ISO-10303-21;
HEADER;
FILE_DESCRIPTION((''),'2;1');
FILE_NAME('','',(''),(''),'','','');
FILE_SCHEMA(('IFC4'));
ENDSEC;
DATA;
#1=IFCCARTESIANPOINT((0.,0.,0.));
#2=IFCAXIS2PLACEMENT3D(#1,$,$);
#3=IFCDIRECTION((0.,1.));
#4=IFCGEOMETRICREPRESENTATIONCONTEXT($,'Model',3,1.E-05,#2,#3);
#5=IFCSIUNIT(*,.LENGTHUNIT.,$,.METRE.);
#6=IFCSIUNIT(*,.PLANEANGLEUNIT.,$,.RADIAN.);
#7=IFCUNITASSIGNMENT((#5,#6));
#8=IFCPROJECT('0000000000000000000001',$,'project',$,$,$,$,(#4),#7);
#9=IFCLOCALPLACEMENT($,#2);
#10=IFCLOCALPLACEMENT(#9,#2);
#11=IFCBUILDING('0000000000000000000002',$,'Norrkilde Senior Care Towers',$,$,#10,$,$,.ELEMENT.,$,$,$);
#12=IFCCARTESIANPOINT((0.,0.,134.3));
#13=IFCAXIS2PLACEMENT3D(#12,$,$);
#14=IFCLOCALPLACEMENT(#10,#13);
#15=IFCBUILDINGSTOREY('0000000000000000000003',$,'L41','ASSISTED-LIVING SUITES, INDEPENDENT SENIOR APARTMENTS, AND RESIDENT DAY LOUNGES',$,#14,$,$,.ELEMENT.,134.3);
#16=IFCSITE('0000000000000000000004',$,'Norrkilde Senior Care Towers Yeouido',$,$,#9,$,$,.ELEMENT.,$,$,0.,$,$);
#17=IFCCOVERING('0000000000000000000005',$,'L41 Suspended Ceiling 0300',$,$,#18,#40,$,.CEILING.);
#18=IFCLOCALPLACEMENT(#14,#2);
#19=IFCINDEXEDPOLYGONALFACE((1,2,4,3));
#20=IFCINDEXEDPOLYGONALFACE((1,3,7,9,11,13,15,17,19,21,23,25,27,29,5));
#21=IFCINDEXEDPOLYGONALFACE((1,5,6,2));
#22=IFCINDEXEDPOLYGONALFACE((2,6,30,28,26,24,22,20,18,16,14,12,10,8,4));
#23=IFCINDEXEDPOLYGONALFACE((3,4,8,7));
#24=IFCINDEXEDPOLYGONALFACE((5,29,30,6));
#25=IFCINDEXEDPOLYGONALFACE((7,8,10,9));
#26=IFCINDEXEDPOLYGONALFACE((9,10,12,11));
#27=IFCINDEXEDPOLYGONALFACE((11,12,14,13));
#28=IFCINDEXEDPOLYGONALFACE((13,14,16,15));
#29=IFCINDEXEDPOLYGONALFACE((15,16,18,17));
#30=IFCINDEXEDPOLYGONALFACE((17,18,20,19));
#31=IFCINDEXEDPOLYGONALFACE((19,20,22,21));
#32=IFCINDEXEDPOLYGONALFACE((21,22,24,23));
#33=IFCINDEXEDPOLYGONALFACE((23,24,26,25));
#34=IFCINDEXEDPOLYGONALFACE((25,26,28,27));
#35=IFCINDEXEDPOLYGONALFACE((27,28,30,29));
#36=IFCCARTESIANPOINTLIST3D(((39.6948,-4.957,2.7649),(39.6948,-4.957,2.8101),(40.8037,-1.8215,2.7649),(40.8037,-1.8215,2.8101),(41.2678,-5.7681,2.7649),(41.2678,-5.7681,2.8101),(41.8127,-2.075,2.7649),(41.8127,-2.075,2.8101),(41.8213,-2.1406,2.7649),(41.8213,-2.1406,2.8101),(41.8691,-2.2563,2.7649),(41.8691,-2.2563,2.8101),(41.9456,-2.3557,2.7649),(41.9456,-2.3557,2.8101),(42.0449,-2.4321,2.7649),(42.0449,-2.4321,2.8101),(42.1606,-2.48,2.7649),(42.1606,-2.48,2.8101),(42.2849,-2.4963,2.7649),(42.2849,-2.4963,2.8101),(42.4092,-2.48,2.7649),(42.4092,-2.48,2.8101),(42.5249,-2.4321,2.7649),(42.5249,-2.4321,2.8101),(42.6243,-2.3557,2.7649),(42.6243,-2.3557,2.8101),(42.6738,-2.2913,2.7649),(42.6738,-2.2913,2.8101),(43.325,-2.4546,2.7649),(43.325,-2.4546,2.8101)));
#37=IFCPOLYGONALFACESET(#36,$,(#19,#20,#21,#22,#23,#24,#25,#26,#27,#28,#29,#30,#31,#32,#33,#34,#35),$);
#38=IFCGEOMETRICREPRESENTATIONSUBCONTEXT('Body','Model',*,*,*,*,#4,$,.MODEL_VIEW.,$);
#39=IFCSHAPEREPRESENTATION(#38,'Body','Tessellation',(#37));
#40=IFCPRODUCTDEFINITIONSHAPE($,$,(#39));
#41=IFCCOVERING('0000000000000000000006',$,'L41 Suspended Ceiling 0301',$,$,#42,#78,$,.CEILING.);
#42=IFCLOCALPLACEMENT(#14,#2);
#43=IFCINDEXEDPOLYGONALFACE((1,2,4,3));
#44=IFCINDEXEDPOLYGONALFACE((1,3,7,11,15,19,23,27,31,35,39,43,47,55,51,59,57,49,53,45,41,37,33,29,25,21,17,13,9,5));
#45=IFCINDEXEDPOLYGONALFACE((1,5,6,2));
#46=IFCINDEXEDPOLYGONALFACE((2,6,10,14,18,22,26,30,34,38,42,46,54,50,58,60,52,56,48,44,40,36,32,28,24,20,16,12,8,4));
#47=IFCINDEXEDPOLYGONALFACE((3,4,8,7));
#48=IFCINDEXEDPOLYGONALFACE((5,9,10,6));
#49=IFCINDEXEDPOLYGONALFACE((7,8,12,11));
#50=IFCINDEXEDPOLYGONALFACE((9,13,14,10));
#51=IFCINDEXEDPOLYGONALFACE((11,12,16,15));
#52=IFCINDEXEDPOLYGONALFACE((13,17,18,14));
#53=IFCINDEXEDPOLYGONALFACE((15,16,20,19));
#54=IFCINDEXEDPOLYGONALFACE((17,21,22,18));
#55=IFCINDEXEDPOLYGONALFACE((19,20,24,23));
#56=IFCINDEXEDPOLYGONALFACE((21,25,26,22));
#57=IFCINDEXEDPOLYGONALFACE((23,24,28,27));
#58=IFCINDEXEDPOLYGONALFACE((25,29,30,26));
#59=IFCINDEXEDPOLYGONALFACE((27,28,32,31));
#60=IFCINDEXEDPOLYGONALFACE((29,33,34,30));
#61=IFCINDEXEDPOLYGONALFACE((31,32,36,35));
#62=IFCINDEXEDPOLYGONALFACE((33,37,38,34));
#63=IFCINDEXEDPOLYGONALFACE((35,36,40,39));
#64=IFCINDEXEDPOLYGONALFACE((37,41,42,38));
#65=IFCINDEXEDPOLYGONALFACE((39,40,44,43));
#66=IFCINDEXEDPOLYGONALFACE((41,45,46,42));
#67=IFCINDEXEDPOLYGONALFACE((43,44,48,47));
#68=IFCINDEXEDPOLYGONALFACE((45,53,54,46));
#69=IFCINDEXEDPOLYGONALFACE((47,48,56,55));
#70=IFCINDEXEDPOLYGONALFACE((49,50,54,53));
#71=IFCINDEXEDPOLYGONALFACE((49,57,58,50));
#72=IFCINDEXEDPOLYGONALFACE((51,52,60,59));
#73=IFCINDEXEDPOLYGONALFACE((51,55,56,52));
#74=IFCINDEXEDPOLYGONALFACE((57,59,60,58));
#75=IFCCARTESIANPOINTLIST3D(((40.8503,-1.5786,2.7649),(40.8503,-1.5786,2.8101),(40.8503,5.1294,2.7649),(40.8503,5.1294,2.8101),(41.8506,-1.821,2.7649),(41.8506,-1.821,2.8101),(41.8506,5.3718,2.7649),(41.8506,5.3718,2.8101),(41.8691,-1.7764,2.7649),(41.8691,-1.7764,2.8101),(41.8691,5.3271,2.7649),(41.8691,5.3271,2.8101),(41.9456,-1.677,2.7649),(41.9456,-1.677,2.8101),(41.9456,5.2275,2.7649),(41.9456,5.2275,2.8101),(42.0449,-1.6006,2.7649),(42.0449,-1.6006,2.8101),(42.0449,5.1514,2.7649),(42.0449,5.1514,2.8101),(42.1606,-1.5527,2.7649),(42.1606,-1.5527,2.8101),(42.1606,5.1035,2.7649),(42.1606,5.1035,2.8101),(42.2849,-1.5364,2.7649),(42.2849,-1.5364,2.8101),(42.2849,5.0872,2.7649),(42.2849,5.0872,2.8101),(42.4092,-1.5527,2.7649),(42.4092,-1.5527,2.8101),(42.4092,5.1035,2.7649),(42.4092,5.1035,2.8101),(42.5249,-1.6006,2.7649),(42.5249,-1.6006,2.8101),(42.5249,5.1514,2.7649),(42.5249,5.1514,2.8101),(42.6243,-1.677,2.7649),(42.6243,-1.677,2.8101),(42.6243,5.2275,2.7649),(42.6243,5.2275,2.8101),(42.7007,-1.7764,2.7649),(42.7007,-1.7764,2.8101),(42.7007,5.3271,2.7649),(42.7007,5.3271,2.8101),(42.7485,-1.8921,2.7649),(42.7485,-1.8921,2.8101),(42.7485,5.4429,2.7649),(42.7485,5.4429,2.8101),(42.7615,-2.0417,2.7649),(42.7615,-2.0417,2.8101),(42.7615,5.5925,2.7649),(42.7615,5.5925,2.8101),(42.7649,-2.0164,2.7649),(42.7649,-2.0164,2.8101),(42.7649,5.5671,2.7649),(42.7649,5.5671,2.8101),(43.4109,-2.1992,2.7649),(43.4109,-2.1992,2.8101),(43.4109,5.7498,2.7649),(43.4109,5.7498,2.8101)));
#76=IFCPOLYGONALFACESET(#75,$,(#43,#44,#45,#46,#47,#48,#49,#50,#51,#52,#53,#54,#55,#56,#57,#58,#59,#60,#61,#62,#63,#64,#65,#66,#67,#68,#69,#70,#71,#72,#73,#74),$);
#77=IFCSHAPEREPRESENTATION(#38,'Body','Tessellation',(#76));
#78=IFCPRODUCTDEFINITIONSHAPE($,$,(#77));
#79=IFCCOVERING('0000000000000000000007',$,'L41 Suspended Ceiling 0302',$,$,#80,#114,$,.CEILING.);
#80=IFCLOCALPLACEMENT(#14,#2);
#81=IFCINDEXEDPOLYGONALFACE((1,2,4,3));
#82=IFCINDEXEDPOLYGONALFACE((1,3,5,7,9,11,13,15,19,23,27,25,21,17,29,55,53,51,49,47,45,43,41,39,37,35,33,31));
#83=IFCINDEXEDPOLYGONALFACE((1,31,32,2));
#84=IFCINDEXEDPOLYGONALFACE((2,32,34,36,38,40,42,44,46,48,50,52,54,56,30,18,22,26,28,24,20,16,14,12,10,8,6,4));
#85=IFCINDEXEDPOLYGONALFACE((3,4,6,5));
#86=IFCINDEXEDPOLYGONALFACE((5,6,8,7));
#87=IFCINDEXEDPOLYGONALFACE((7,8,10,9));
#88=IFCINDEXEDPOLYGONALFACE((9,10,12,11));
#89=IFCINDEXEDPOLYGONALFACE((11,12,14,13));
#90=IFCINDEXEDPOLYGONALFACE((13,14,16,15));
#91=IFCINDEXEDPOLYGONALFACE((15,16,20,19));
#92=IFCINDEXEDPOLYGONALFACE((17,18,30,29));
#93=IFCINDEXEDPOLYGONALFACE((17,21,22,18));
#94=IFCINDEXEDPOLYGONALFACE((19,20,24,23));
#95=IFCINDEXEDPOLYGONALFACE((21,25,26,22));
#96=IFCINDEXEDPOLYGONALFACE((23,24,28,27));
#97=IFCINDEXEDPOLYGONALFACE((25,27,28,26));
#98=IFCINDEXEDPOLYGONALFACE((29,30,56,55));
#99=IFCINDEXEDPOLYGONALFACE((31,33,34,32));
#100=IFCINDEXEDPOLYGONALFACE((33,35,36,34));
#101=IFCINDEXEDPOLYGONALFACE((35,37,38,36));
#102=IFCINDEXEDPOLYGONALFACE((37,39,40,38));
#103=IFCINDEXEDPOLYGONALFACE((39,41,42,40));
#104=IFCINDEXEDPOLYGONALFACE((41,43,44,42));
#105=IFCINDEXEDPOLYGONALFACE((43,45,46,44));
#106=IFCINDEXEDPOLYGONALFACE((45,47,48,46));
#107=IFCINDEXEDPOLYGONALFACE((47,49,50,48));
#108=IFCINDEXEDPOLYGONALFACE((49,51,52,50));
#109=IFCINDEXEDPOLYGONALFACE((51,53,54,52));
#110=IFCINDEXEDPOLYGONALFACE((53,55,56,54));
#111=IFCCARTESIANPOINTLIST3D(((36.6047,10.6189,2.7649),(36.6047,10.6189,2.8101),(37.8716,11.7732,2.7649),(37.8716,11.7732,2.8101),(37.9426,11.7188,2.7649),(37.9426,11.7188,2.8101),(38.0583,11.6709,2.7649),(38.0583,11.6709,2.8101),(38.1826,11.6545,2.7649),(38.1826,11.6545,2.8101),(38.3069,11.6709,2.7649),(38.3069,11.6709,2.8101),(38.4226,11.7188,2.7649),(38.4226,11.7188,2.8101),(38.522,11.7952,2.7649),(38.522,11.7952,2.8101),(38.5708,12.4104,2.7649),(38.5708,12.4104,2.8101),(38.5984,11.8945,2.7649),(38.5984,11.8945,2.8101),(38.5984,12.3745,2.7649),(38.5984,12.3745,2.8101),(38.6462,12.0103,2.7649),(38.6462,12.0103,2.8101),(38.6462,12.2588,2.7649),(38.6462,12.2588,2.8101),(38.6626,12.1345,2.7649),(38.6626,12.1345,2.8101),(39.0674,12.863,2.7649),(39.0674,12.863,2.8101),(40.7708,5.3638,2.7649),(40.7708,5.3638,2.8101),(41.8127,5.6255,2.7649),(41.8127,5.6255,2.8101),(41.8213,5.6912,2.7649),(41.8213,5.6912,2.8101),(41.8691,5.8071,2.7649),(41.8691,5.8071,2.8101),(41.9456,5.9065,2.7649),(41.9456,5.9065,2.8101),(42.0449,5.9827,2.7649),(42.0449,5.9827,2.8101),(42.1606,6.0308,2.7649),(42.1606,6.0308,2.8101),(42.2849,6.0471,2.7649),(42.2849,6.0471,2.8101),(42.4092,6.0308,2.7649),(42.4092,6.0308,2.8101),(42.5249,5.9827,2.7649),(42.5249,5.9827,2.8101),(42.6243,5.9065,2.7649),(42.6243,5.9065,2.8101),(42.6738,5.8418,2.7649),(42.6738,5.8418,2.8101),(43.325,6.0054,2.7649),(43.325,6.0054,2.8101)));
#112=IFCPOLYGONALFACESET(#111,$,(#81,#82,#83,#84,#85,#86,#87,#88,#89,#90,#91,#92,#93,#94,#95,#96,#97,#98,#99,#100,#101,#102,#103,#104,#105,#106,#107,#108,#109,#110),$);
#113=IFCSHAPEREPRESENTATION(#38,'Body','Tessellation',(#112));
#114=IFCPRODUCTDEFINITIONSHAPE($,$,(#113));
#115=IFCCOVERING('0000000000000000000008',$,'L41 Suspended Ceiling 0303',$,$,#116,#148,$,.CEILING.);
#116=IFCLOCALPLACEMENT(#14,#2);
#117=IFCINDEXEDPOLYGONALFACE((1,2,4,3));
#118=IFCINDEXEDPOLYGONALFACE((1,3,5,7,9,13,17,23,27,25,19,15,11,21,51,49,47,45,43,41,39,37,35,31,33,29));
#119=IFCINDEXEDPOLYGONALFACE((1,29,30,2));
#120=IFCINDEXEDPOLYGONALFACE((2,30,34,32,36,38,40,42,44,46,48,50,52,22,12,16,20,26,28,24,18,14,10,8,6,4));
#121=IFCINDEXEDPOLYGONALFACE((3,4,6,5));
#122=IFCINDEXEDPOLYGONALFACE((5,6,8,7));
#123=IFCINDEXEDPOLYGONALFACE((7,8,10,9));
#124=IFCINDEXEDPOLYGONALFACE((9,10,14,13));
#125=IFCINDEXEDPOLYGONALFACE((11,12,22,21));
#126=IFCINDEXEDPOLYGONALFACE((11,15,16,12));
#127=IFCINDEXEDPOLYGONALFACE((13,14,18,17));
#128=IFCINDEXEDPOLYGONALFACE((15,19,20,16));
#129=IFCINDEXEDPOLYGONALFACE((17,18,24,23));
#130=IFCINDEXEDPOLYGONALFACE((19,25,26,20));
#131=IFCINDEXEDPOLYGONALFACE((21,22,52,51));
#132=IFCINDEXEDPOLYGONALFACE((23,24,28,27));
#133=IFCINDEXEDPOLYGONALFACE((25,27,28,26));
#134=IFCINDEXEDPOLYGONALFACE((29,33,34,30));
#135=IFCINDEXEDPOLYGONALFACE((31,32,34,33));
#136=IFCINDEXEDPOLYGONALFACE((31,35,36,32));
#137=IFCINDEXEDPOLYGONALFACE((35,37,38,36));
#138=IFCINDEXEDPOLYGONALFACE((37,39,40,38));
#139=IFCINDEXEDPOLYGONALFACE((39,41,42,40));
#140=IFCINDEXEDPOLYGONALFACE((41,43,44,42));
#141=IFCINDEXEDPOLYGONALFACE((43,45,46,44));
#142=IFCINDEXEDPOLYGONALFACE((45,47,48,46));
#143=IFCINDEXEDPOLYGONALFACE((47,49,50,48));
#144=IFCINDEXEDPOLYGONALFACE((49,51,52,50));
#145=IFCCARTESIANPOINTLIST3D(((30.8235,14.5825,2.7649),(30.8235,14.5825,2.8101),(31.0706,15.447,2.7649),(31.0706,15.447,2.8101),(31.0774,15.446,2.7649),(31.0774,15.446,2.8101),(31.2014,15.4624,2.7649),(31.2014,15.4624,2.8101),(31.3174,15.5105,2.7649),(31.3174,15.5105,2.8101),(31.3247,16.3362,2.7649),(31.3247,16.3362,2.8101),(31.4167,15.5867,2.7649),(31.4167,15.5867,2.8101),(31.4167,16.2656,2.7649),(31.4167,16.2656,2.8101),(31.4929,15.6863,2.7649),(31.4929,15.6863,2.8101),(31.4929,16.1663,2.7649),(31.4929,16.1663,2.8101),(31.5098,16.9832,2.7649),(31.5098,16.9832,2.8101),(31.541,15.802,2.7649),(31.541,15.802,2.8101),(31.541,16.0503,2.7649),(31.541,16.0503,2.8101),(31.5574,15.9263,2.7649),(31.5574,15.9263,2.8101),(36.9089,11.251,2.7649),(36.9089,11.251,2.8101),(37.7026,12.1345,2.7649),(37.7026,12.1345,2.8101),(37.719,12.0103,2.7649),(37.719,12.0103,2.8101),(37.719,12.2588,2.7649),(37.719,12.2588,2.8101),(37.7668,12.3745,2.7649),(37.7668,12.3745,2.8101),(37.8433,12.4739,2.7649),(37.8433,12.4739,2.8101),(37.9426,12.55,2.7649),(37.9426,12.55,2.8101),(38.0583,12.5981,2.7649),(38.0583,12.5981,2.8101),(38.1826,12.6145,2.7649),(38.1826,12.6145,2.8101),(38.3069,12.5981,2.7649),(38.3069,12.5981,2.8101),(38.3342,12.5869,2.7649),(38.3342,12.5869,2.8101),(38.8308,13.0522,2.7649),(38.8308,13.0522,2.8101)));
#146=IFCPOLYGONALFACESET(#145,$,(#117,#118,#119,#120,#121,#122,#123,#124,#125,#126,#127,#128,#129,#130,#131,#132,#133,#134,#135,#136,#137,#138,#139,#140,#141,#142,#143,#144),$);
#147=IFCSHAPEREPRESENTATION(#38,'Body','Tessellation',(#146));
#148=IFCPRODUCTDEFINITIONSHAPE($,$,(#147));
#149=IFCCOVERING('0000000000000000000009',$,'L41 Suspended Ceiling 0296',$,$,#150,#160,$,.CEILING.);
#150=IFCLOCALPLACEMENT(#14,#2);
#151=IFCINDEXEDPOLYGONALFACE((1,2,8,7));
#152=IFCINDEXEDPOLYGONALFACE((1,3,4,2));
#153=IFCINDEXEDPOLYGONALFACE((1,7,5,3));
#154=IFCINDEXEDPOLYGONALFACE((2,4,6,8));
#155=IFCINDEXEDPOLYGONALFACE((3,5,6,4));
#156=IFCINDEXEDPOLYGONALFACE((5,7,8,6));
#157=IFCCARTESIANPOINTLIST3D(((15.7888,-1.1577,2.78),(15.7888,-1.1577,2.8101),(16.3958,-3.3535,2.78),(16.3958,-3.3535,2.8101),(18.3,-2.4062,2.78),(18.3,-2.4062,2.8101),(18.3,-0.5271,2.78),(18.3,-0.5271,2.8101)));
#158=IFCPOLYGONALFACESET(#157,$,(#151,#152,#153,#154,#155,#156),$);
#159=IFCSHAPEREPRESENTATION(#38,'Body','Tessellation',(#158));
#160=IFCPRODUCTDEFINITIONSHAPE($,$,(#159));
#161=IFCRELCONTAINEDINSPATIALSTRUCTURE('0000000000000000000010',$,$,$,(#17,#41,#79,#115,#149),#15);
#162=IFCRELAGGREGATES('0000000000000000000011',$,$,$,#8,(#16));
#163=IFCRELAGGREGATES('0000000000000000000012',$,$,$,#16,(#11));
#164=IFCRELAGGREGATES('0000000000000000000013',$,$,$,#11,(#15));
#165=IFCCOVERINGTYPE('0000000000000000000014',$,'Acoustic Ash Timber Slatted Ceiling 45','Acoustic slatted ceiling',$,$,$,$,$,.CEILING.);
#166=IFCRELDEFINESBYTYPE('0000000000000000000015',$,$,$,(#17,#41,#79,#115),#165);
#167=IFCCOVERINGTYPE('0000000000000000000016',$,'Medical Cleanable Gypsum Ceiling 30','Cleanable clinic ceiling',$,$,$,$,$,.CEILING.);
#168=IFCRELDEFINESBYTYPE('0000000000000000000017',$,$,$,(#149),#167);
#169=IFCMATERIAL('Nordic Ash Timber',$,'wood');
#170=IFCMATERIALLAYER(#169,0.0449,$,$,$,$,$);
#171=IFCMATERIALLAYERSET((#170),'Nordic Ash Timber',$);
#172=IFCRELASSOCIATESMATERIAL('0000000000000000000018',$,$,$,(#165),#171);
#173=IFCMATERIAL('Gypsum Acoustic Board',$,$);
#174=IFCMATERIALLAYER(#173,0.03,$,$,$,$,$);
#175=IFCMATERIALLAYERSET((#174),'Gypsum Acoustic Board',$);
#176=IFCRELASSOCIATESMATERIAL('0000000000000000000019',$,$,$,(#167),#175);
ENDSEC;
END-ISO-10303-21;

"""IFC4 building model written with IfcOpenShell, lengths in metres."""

from ifc_helpers import new_model, si_unit, direction, frame, origin, place, context, subcontext, project, spatial, polyline, outline, extrude, material, layer, layer_set, type_object, element, save


model = new_model("IFC4")

# Units and contexts
model_context = context("Model", 3, precision=1e-05, world=origin(), true_north=direction((0.0, 1.0)))
body_context = subcontext(model_context, "Body", "Model", "MODEL_VIEW")
ifc_project = project(units=[si_unit("LENGTHUNIT", "METRE"), si_unit("PLANEANGLEUNIT", "RADIAN")], contexts=[model_context])

# Site, building, storey
site_placement = place(None, origin())
site = spatial("IfcSite", under=ifc_project, at=site_placement, Name="Norrkilde Senior Care Towers Yeouido", CompositionType="ELEMENT", RefElevation=0.0)
building_placement = place(site_placement, origin())
building = spatial("IfcBuilding", under=site, at=building_placement, Name="Norrkilde Senior Care Towers", CompositionType="ELEMENT")
storey_placement = place(building_placement, frame((0.0, 0.0, 134.3)))
storey = spatial("IfcBuildingStorey", under=building, at=storey_placement, Name="L41", Description="ASSISTED-LIVING SUITES, INDEPENDENT SENIOR APARTMENTS, AND RESIDENT DAY LOUNGES", CompositionType="ELEMENT", Elevation=134.3)

# Coverings
ifc_material_1 = material(Name="Nordic Ash Timber", Category="wood")
ifc_layer_1 = layer(ifc_material_1, 0.0449)
ifc_layer_set_1 = layer_set([ifc_layer_1], Name="Nordic Ash Timber")
covering_type_1 = type_object("IfcCoveringType", Name="Acoustic Ash Timber Slatted Ceiling 45", Description="Acoustic slatted ceiling", PredefinedType="CEILING", material=ifc_layer_set_1)
covering_1_placement = place(storey_placement, frame((0.0, 0.0, 2.7649)))
element("IfcCovering", 1, at=covering_1_placement, inside=storey, type_object=covering_type_1, Name="L41 Suspended Ceiling 0300", PredefinedType="CEILING", context=body_context, shape_type="SweptSolid", body=[
    extrude(outline(polyline([(41.8127, -2.075), (41.8213, -2.1406), (41.8691, -2.2563), (41.9456, -2.3557), (42.0449, -2.4321), (42.1606, -2.48), (42.2849, -2.4963), (42.4092, -2.48), (42.5249, -2.4321), (42.6243, -2.3557), (42.6738, -2.2913), (43.325, -2.4546), (41.2678, -5.7681), (39.6948, -4.957), (40.8037, -1.8215), (41.8127, -2.075)])), origin(), (0.0, 0.0, 1.0), 0.0452),
])
covering_2_placement = place(storey_placement, frame((0.0, 0.0, 2.7649)))
element("IfcCovering", 2, at=covering_2_placement, inside=storey, type_object=covering_type_1, Name="L41 Suspended Ceiling 0301", PredefinedType="CEILING", context=body_context, shape_type="SweptSolid", body=[
    extrude(outline(polyline([(41.8691, 5.3271), (41.9456, 5.2275), (42.0449, 5.1514), (42.1606, 5.1035), (42.2849, 5.0872), (42.4092, 5.1035), (42.5249, 5.1514), (42.6243, 5.2275), (42.7007, 5.3271), (42.7485, 5.4429), (42.7649, 5.5671), (42.7615, 5.5925), (43.4109, 5.7498), (43.4109, -2.1992), (42.7615, -2.0417), (42.7649, -2.0164), (42.7485, -1.8921), (42.7007, -1.7764), (42.6243, -1.677), (42.5249, -1.6006), (42.4092, -1.5527), (42.2849, -1.5364), (42.1606, -1.5527), (42.0449, -1.6006), (41.9456, -1.677), (41.8691, -1.7764), (41.8506, -1.821), (40.8503, -1.5786), (40.8503, 5.1294), (41.8506, 5.3718), (41.8691, 5.3271)])), origin(), (0.0, 0.0, 1.0), 0.0452),
])
covering_3_placement = place(storey_placement, frame((0.0, 0.0, 2.7649)))
element("IfcCovering", 3, at=covering_3_placement, inside=storey, type_object=covering_type_1, Name="L41 Suspended Ceiling 0302", PredefinedType="CEILING", context=body_context, shape_type="SweptSolid", body=[
    extrude(outline(polyline([(42.6738, 5.8418), (42.6243, 5.9065), (42.5249, 5.9827), (42.4092, 6.0308), (42.2849, 6.0471), (42.1606, 6.0308), (42.0449, 5.9827), (41.9456, 5.9065), (41.8691, 5.8071), (41.8213, 5.6912), (41.8127, 5.6255), (40.7708, 5.3638), (36.6047, 10.6189), (37.8716, 11.7732), (37.9426, 11.7188), (38.0583, 11.6709), (38.1826, 11.6545), (38.3069, 11.6709), (38.4226, 11.7188), (38.522, 11.7952), (38.5984, 11.8945), (38.6462, 12.0103), (38.6626, 12.1345), (38.6462, 12.2588), (38.5984, 12.3745), (38.5708, 12.4104), (39.0674, 12.863), (43.325, 6.0054), (42.6738, 5.8418)])), origin(), (0.0, 0.0, 1.0), 0.0452),
])
covering_4_placement = place(storey_placement, frame((0.0, 0.0, 2.7649)))
element("IfcCovering", 4, at=covering_4_placement, inside=storey, type_object=covering_type_1, Name="L41 Suspended Ceiling 0303", PredefinedType="CEILING", context=body_context, shape_type="SweptSolid", body=[
    extrude(outline(polyline([(38.3342, 12.5869), (38.3069, 12.5981), (38.1826, 12.6145), (38.0583, 12.5981), (37.9426, 12.55), (37.8433, 12.4739), (37.7668, 12.3745), (37.719, 12.2588), (37.7026, 12.1345), (37.719, 12.0103), (37.719, 12.0103), (36.9089, 11.251), (30.8235, 14.5825), (31.0706, 15.447), (31.0774, 15.446), (31.2014, 15.4624), (31.3174, 15.5105), (31.4167, 15.5867), (31.4929, 15.6863), (31.541, 15.802), (31.5574, 15.9263), (31.541, 16.0503), (31.4929, 16.1663), (31.4167, 16.2656), (31.3247, 16.3362), (31.5098, 16.9832), (38.8308, 13.0522), (38.3342, 12.5869)])), origin(), (0.0, 0.0, 1.0), 0.0452),
])
ifc_material_2 = material(Name="Gypsum Acoustic Board")
ifc_layer_2 = layer(ifc_material_2, 0.03)
ifc_layer_set_2 = layer_set([ifc_layer_2], Name="Gypsum Acoustic Board")
covering_type_2 = type_object("IfcCoveringType", Name="Medical Cleanable Gypsum Ceiling 30", Description="Cleanable clinic ceiling", PredefinedType="CEILING", material=ifc_layer_set_2)
covering_5_placement = place(storey_placement, frame((0.0, 0.0, 2.78)))
element("IfcCovering", 5, at=covering_5_placement, inside=storey, type_object=covering_type_2, Name="L41 Suspended Ceiling 0296", PredefinedType="CEILING", context=body_context, shape_type="SweptSolid", body=[
    extrude(outline(polyline([(15.7888, -1.1577), (18.3, -0.5271), (18.3, -2.4062), (16.3958, -3.3535), (15.7888, -1.1577)])), origin(), (0.0, 0.0, 1.0), 0.03),
])

save(model, "model.ifc")
